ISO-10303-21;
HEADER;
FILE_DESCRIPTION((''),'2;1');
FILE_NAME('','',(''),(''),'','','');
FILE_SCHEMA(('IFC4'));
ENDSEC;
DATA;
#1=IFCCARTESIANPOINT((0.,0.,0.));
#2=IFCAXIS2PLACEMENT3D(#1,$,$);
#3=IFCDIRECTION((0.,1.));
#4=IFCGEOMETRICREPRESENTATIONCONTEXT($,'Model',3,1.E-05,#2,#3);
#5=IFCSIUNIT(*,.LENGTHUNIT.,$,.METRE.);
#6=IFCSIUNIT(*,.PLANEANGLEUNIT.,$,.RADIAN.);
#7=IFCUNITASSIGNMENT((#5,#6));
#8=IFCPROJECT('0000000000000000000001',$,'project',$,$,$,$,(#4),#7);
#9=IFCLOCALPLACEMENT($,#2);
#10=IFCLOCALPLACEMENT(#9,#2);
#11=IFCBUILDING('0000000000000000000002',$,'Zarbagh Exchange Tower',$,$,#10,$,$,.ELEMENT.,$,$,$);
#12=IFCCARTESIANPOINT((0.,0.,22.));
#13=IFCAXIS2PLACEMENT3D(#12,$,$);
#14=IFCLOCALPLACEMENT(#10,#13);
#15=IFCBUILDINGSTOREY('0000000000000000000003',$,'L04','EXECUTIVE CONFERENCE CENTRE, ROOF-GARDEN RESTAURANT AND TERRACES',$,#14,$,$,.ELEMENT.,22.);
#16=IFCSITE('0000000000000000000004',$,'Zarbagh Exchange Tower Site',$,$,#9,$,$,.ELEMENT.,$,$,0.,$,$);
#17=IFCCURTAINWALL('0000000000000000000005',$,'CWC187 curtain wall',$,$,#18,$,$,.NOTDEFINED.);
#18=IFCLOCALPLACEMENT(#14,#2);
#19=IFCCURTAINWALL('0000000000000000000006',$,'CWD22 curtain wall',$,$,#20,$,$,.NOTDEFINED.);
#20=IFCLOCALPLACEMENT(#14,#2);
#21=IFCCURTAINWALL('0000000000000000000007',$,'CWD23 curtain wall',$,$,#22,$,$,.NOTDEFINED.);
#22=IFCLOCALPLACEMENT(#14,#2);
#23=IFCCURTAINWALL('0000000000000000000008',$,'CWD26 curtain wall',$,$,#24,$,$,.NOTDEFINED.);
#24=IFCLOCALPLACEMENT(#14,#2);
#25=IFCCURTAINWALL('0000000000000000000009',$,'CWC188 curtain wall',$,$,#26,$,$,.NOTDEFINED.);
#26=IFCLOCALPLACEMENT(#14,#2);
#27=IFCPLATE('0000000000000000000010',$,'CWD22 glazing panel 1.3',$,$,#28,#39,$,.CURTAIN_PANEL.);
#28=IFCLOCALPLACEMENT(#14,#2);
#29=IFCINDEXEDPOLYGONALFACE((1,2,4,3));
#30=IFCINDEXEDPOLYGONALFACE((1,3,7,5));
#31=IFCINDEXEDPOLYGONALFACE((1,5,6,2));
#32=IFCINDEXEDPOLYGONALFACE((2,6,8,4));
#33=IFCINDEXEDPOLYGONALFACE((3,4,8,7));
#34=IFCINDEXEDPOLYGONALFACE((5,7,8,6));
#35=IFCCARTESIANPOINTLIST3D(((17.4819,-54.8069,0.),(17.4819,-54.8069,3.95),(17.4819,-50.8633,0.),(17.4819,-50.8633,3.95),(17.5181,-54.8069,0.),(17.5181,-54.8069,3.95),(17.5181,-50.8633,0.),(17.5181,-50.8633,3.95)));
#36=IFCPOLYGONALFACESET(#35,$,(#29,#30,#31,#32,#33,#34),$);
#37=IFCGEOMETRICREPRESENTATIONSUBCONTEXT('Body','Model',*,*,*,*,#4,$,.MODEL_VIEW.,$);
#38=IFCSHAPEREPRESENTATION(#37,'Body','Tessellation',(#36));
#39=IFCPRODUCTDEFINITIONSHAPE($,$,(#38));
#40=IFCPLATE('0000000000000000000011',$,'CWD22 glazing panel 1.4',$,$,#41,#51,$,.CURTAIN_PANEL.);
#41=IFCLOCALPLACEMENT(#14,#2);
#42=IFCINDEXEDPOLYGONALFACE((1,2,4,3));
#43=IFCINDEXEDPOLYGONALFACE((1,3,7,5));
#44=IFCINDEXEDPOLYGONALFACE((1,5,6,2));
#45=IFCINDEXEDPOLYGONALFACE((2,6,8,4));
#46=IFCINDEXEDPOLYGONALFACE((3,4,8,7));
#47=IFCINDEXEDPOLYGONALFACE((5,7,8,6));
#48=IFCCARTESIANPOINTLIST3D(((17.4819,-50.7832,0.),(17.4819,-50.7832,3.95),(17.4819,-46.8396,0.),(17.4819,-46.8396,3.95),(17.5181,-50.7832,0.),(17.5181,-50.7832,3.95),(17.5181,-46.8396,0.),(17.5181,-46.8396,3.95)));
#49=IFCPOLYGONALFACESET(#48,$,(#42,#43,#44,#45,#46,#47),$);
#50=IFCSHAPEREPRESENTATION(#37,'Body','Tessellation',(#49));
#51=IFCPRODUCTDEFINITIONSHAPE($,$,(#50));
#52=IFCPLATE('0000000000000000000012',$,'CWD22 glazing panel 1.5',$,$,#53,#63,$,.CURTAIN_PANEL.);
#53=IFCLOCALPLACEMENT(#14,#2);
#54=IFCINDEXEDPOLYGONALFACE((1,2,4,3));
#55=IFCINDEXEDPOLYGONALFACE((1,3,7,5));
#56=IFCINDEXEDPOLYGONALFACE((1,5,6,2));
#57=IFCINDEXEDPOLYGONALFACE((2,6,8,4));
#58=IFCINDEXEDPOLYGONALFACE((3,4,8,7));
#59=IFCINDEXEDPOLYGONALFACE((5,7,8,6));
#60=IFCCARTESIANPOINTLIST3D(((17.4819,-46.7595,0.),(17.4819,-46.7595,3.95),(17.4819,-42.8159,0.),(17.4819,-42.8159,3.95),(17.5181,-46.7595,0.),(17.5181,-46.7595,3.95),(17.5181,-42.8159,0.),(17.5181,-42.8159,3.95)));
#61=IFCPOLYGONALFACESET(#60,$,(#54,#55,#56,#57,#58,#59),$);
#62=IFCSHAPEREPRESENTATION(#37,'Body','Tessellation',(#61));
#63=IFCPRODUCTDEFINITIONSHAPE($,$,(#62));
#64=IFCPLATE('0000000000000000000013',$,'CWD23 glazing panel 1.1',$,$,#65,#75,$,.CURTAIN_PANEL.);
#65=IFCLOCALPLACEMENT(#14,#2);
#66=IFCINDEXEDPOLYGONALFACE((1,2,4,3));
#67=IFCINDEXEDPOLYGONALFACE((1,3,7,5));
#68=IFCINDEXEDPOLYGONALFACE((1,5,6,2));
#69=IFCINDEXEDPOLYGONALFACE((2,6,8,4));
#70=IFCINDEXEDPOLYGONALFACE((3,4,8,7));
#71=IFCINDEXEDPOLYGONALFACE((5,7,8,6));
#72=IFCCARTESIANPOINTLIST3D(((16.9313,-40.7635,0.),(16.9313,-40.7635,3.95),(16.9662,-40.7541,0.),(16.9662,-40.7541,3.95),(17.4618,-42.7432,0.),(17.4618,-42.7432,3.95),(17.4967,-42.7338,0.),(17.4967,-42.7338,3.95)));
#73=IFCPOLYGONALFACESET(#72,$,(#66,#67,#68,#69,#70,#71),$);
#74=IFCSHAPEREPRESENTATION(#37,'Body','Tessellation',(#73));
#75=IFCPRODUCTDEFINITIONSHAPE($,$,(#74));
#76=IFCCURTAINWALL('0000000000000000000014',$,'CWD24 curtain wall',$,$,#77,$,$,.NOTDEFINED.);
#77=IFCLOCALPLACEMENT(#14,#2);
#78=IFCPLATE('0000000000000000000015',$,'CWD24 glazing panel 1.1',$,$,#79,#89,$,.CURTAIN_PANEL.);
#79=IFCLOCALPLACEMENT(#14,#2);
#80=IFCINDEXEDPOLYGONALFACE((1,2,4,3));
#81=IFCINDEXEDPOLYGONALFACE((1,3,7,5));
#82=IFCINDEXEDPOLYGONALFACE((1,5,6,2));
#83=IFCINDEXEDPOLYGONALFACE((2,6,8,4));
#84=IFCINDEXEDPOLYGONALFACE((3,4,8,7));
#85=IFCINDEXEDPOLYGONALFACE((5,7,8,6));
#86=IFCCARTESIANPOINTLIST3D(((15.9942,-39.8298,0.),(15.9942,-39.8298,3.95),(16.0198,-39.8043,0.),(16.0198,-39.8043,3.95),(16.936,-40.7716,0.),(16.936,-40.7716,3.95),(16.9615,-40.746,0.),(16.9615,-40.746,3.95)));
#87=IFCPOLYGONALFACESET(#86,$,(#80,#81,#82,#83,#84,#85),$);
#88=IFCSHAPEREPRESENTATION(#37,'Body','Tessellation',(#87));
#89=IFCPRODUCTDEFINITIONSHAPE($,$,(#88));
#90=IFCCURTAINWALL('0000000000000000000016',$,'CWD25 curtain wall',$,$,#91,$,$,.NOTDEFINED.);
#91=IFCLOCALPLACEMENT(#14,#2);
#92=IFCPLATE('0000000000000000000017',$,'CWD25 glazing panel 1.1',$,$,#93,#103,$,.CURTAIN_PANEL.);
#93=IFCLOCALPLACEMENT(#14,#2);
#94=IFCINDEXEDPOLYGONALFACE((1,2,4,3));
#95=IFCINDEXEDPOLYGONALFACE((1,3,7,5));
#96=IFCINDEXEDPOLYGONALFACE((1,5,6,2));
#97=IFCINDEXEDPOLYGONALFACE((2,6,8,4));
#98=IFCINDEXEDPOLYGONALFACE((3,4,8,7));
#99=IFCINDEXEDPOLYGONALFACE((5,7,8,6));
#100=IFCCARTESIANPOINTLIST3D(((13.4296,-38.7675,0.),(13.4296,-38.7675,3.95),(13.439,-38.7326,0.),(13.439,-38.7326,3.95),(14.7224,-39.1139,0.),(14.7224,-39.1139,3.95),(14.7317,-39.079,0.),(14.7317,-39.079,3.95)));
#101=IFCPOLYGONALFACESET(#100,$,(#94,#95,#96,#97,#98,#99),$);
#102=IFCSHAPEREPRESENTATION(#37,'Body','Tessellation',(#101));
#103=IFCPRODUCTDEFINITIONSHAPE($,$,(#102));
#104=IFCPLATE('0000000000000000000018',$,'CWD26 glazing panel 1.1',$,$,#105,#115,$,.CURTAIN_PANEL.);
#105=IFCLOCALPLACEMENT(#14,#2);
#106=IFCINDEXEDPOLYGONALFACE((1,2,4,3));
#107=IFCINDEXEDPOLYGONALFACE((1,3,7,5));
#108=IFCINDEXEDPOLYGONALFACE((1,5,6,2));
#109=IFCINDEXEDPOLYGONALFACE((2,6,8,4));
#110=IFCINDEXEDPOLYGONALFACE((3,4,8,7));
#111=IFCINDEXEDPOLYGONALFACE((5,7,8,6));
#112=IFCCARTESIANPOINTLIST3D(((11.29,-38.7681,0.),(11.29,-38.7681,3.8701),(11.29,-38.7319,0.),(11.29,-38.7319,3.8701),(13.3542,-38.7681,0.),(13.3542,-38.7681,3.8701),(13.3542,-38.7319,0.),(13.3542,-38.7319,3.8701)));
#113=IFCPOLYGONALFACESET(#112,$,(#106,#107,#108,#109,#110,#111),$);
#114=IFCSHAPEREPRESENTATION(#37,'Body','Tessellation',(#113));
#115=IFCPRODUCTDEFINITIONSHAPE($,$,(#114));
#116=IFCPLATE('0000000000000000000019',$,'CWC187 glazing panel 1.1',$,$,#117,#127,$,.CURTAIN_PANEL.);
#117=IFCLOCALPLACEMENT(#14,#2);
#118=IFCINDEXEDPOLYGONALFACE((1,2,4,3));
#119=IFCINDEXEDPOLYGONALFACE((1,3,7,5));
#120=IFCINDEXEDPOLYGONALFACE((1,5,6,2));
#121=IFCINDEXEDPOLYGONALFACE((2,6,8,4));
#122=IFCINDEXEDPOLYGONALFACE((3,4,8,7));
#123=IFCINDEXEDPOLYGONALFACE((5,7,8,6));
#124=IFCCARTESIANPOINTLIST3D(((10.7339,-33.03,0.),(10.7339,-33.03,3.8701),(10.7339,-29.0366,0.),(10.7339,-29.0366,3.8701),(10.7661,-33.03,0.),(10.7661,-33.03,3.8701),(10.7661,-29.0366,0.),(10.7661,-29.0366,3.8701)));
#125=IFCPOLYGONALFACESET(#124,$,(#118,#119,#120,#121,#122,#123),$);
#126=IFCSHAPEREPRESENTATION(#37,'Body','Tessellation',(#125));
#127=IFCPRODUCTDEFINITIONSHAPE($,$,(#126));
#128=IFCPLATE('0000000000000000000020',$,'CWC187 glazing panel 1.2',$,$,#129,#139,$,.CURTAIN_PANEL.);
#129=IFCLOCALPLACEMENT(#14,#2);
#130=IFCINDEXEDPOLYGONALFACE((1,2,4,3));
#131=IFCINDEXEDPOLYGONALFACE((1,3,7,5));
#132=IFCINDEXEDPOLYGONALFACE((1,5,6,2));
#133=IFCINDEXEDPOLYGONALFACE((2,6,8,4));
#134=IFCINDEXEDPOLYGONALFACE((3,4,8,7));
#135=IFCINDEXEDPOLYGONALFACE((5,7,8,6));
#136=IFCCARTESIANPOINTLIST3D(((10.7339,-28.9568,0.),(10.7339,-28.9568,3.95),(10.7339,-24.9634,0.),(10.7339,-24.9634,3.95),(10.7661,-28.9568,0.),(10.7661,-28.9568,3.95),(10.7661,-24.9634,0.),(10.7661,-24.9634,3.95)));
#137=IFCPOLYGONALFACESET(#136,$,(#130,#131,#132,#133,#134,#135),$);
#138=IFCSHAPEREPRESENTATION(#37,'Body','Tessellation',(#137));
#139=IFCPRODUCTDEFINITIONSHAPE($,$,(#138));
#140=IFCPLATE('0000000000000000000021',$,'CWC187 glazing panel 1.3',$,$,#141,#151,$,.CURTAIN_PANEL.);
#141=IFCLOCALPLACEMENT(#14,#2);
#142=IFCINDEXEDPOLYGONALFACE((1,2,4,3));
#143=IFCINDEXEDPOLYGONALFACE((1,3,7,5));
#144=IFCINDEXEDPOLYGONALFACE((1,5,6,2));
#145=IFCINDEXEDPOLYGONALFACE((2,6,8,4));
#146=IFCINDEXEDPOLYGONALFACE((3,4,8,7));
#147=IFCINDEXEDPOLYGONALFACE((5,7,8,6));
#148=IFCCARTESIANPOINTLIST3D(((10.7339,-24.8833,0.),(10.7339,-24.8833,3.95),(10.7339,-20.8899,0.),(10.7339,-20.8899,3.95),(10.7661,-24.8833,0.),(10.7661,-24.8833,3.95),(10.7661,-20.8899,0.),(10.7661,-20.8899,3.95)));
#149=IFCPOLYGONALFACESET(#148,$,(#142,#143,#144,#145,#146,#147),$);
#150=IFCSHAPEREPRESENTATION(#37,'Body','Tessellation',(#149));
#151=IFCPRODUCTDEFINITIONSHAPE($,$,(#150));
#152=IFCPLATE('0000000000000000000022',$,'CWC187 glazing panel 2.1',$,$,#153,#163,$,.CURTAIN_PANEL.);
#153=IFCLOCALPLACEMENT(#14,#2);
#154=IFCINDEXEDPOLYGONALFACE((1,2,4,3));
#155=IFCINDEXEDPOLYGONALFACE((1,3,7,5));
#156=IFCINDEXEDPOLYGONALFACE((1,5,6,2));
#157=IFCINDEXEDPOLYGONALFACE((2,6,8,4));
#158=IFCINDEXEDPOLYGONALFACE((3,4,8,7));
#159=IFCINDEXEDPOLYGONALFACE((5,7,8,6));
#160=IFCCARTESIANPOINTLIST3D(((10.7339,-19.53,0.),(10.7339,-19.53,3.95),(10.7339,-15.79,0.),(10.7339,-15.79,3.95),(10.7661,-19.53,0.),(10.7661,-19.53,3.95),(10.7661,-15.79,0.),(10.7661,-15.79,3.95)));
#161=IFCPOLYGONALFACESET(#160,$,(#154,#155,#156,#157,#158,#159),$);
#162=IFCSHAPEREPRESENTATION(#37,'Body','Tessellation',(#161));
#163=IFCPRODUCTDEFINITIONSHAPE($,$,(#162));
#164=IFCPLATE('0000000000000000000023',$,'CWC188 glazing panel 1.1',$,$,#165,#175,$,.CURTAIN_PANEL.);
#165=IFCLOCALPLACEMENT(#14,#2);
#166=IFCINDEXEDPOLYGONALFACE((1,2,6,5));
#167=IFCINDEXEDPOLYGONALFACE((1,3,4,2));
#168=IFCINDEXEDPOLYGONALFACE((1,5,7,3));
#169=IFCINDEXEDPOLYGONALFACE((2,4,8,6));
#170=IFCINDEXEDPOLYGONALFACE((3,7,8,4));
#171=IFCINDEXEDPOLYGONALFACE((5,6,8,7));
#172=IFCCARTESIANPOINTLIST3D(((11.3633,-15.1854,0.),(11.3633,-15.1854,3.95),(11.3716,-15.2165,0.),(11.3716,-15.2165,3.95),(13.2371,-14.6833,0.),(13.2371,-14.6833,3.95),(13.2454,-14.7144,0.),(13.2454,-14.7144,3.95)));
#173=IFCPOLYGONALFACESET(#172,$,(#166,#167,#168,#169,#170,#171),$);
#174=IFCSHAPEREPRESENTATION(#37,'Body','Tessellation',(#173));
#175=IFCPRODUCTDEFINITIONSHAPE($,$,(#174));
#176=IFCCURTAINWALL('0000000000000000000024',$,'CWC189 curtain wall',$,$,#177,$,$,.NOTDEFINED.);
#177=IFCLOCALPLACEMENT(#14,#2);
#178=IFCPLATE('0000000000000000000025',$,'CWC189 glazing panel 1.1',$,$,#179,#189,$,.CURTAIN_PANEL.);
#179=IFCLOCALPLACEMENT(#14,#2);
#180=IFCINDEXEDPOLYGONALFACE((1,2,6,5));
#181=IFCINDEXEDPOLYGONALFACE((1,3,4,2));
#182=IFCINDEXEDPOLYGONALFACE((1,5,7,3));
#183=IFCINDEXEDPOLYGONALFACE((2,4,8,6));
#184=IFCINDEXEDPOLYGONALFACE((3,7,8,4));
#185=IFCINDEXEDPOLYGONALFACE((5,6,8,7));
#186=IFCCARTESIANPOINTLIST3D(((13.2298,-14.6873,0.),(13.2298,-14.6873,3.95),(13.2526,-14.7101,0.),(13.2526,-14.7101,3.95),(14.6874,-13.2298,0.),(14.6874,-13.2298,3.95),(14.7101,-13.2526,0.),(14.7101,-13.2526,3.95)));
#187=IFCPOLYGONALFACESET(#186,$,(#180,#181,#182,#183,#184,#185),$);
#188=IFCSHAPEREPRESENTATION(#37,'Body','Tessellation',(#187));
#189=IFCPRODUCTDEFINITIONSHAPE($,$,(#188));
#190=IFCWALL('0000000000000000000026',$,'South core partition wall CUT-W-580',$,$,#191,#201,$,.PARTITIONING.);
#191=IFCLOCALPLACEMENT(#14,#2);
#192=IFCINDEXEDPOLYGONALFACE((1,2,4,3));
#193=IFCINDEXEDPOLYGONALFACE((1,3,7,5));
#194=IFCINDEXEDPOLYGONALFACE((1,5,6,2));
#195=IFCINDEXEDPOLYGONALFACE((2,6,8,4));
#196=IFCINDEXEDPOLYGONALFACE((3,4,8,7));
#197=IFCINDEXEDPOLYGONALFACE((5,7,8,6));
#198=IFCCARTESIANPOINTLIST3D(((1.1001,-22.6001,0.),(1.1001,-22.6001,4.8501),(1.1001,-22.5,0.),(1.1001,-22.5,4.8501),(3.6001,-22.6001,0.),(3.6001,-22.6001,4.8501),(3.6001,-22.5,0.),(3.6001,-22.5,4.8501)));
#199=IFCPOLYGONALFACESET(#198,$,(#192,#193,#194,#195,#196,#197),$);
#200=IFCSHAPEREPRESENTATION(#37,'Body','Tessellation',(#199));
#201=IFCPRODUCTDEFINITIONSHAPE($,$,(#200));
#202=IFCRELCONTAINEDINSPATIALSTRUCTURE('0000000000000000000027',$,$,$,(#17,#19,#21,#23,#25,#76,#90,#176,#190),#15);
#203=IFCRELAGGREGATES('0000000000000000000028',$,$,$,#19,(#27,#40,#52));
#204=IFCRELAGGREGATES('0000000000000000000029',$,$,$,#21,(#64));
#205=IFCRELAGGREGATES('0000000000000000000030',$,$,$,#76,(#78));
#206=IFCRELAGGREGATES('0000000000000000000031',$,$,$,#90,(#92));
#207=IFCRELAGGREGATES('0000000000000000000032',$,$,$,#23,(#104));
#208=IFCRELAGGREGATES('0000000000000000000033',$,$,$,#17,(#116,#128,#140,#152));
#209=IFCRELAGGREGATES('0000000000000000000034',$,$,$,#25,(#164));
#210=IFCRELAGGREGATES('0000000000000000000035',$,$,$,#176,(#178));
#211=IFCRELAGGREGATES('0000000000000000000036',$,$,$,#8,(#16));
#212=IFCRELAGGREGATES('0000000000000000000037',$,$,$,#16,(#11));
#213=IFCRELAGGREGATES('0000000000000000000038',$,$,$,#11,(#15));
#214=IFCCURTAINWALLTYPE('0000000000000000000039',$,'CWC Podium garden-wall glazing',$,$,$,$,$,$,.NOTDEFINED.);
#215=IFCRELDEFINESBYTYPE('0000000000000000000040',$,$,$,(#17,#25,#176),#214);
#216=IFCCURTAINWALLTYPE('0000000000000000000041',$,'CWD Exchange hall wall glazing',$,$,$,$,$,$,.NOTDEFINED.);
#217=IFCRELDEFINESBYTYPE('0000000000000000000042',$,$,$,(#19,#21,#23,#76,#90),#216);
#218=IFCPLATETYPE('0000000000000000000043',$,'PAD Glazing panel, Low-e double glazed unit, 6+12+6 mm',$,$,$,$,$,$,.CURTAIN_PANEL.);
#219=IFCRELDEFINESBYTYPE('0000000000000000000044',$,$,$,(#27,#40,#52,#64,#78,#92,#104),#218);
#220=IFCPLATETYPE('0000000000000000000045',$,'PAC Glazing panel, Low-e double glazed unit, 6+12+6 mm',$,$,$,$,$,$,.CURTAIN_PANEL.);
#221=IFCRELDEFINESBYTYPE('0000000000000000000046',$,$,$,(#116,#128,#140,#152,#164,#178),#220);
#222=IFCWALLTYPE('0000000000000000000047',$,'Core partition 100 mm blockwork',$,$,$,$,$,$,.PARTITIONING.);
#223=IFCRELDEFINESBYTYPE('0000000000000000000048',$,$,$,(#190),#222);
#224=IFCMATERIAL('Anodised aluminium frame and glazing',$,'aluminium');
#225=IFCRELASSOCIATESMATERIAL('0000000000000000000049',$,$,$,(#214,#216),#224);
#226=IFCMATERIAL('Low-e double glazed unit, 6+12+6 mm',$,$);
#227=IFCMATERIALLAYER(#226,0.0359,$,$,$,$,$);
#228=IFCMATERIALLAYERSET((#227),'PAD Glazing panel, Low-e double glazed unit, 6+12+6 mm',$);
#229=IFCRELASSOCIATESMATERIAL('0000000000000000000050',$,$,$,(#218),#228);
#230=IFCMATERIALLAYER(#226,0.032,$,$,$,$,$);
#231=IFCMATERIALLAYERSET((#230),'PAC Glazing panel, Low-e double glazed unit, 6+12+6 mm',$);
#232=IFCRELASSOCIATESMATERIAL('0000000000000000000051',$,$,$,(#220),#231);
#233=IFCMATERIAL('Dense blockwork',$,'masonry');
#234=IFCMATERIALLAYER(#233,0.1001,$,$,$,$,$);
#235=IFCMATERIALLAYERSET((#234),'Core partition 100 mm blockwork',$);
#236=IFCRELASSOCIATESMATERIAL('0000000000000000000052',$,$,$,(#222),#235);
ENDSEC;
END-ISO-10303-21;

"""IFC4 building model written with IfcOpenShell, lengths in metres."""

from ifc_helpers import new_model, si_unit, direction, frame, frame_2d, origin, place, context, subcontext, project, spatial, polyline, rectangle, outline, extrude, source, transform, mapped, material, layer, layer_set, type_object, element, aggregate, save


model = new_model("IFC4")

# Units and contexts
model_context = context("Model", 3, precision=1e-05, world=origin(), true_north=direction((0.0, 1.0)))
body_context = subcontext(model_context, "Body", "Model", "MODEL_VIEW")
ifc_project = project(units=[si_unit("LENGTHUNIT", "METRE"), si_unit("PLANEANGLEUNIT", "RADIAN")], contexts=[model_context])

# Site, building, storey
site_placement = place(None, origin())
site = spatial("IfcSite", under=ifc_project, at=site_placement, Name="Zarbagh Exchange Tower Site", CompositionType="ELEMENT", RefElevation=0.0)
building_placement = place(site_placement, origin())
building = spatial("IfcBuilding", under=site, at=building_placement, Name="Zarbagh Exchange Tower", CompositionType="ELEMENT")
storey_placement = place(building_placement, frame((0.0, 0.0, 22.0)))
storey = spatial("IfcBuildingStorey", under=building, at=storey_placement, Name="L04", Description="EXECUTIVE CONFERENCE CENTRE, ROOF-GARDEN RESTAURANT AND TERRACES", CompositionType="ELEMENT", Elevation=22.0)

# Curtain wall
ifc_material_1 = material(Name="Anodised aluminium frame and glazing", Category="aluminium")
curtain_wall_type_1 = type_object("IfcCurtainWallType", Name="CWC Podium garden-wall glazing", PredefinedType="NOTDEFINED", material=ifc_material_1)
curtain_wall_1_placement = place(storey_placement, origin())
curtain_wall_1 = element("IfcCurtainWall", 1, at=curtain_wall_1_placement, inside=storey, type_object=curtain_wall_type_1, Name="CWC187 curtain wall", PredefinedType="NOTDEFINED")
placement = place(storey_placement, origin())

# Curtain wall
curtain_wall_type_2 = type_object("IfcCurtainWallType", Name="CWD Exchange hall wall glazing", PredefinedType="NOTDEFINED", material=ifc_material_1)
curtain_wall_2_placement = place(storey_placement, origin())
curtain_wall_2 = element("IfcCurtainWall", 2, at=curtain_wall_2_placement, inside=storey, type_object=curtain_wall_type_2, Name="CWD22 curtain wall", PredefinedType="NOTDEFINED")

# Curtain wall
curtain_wall_3_placement = place(storey_placement, origin())
curtain_wall_3 = element("IfcCurtainWall", 3, at=curtain_wall_3_placement, inside=storey, type_object=curtain_wall_type_2, Name="CWD23 curtain wall", PredefinedType="NOTDEFINED")

# Curtain wall
curtain_wall_4_placement = place(storey_placement, origin())
curtain_wall_4 = element("IfcCurtainWall", 4, at=curtain_wall_4_placement, inside=storey, type_object=curtain_wall_type_2, Name="CWD26 curtain wall", PredefinedType="NOTDEFINED")

# Curtain wall
curtain_wall_5_placement = place(storey_placement, origin())
curtain_wall_5 = element("IfcCurtainWall", 5, at=curtain_wall_5_placement, inside=storey, type_object=curtain_wall_type_1, Name="CWC188 curtain wall", PredefinedType="NOTDEFINED")

# Plates
ifc_material_2 = material(Name="Low-e double glazed unit, 6+12+6 mm")
ifc_layer_1 = layer(ifc_material_2, 0.0359)
ifc_layer_set_1 = layer_set([ifc_layer_1], Name="PAD Glazing panel, Low-e double glazed unit, 6+12+6 mm")
plate_type_1 = type_object("IfcPlateType", Name="PAD Glazing panel, Low-e double glazed unit, 6+12+6 mm", PredefinedType="CURTAIN_PANEL", material=ifc_layer_set_1)
shared_shape_1 = source(origin(), body_context, "Body", "SweptSolid", [
    extrude(outline(polyline([(0.0, -0.0181), (3.9436, -0.0181), (3.9436, 0.0181), (0.0, 0.0181), (0.0, -0.0181)])), origin(), (0.0, 0.0, 1.0), 3.95),
])
plate_1 = element("IfcPlate", 6, at=placement, type_object=plate_type_1, Name="CWD22 glazing panel 1.3", PredefinedType="CURTAIN_PANEL", context=body_context, shape_type="MappedRepresentation", body=[
    mapped(shared_shape_1, transform((17.5, -54.8069, 0.0), x_axis=(0.0, 1.0, 0.0), y_axis=(-1.0, 0.0, 0.0), z_axis=(0.0, 0.0, 1.0))),
])
plate_2 = element("IfcPlate", 7, at=placement, type_object=plate_type_1, Name="CWD22 glazing panel 1.4", PredefinedType="CURTAIN_PANEL", context=body_context, shape_type="MappedRepresentation", body=[
    mapped(shared_shape_1, transform((17.5, -50.7832, 0.0), x_axis=(0.0, 1.0, 0.0), y_axis=(-1.0, 0.0, 0.0), z_axis=(0.0, 0.0, 1.0))),
])
plate_3 = element("IfcPlate", 8, at=placement, type_object=plate_type_1, Name="CWD22 glazing panel 1.5", PredefinedType="CURTAIN_PANEL", context=body_context, shape_type="MappedRepresentation", body=[
    mapped(shared_shape_1, transform((17.5, -46.7595, 0.0), x_axis=(0.0, 1.0, 0.0), y_axis=(-1.0, 0.0, 0.0), z_axis=(0.0, 0.0, 1.0))),
])
aggregate(curtain_wall_2, [plate_1, plate_2, plate_3])
shared_shape_2 = source(origin(), body_context, "Body", "SweptSolid", [
    extrude(outline(polyline([(0.0, -0.0181), (2.0496, -0.0181), (2.0496, 0.0181), (0.0, 0.0181), (0.0, -0.0181)])), origin(), (0.0, 0.0, 1.0), 3.95),
])
plate_4 = element("IfcPlate", 9, at=placement, type_object=plate_type_1, Name="CWD23 glazing panel 1.1", PredefinedType="CURTAIN_PANEL", context=body_context, shape_type="MappedRepresentation", body=[
    mapped(shared_shape_2, transform((17.4792, -42.7385, 0.0), x_axis=(-0.258825, 0.965924, 0.0), y_axis=(-0.965924, -0.258825, 0.0), z_axis=(0.0, 0.0, 1.0))),
])
aggregate(curtain_wall_3, [plate_4])

# Curtain walls, plates
curtain_wall_6_placement = place(storey_placement, origin())
curtain_wall_6 = element("IfcCurtainWall", 10, at=curtain_wall_6_placement, inside=storey, type_object=curtain_wall_type_2, Name="CWD24 curtain wall", PredefinedType="NOTDEFINED")
shared_shape_3 = source(origin(), body_context, "Body", "SweptSolid", [
    extrude(outline(polyline([(0.0, -0.0181), (1.3318, -0.0181), (1.3318, 0.0181), (0.0, 0.0181), (0.0, -0.0181)])), origin(), (0.0, 0.0, 1.0), 3.95),
])
plate_5 = element("IfcPlate", 11, at=placement, type_object=plate_type_1, Name="CWD24 glazing panel 1.1", PredefinedType="CURTAIN_PANEL", context=body_context, shape_type="MappedRepresentation", body=[
    mapped(shared_shape_3, transform((16.9487, -40.7588, 0.0), x_axis=(-0.707107, 0.707107, 0.0), y_axis=(-0.707107, -0.707107, 0.0), z_axis=(0.0, 0.0, 1.0))),
])
aggregate(curtain_wall_6, [plate_5])
curtain_wall_7_placement = place(storey_placement, origin())
curtain_wall_7 = element("IfcCurtainWall", 12, at=curtain_wall_7_placement, inside=storey, type_object=curtain_wall_type_2, Name="CWD25 curtain wall", PredefinedType="NOTDEFINED")
shared_shape_4 = source(origin(), body_context, "Body", "SweptSolid", [
    extrude(outline(polyline([(0.0, -0.0181), (1.3384, -0.0181), (1.3384, 0.0181), (0.0, 0.0181), (0.0, -0.0181)])), origin(), (0.0, 0.0, 1.0), 3.95),
])
plate_6 = element("IfcPlate", 13, at=placement, type_object=plate_type_1, Name="CWD25 glazing panel 1.1", PredefinedType="CURTAIN_PANEL", context=body_context, shape_type="MappedRepresentation", body=[
    mapped(shared_shape_4, transform((14.7271, -39.0964, 0.0), x_axis=(-0.965924, 0.258825, 0.0), y_axis=(-0.258825, -0.965924, 0.0), z_axis=(0.0, 0.0, 1.0))),
])
aggregate(curtain_wall_7, [plate_6])

# Plates
shared_shape_5 = source(origin(), body_context, "Body", "SweptSolid", [
    extrude(outline(polyline([(0.0, -0.0181), (2.0642, -0.0181), (2.0642, 0.0181), (0.0, 0.0181), (0.0, -0.0181)])), origin(), (0.0, 0.0, 1.0), 3.8701),
])
plate_7 = element("IfcPlate", 14, at=placement, type_object=plate_type_1, Name="CWD26 glazing panel 1.1", PredefinedType="CURTAIN_PANEL", context=body_context, shape_type="MappedRepresentation", body=[
    mapped(shared_shape_5, transform((13.3542, -38.75, 0.0), x_axis=(-1.0, 0.0, 0.0), y_axis=(0.0, -1.0, 0.0), z_axis=(0.0, 0.0, 1.0))),
])
aggregate(curtain_wall_4, [plate_7])
ifc_layer_2 = layer(ifc_material_2, 0.032)
ifc_layer_set_2 = layer_set([ifc_layer_2], Name="PAC Glazing panel, Low-e double glazed unit, 6+12+6 mm")
plate_type_2 = type_object("IfcPlateType", Name="PAC Glazing panel, Low-e double glazed unit, 6+12+6 mm", PredefinedType="CURTAIN_PANEL", material=ifc_layer_set_2)
shared_shape_6 = source(origin(), body_context, "Body", "SweptSolid", [
    extrude(outline(polyline([(0.0, -0.0161), (3.9934, -0.0161), (3.9934, 0.0161), (0.0, 0.0161), (0.0, -0.0161)])), origin(), (0.0, 0.0, 1.0), 3.8701),
])
plate_8 = element("IfcPlate", 15, at=placement, type_object=plate_type_2, Name="CWC187 glazing panel 1.1", PredefinedType="CURTAIN_PANEL", context=body_context, shape_type="MappedRepresentation", body=[
    mapped(shared_shape_6, transform((10.75, -33.03, 0.0), x_axis=(0.0, 1.0, 0.0), y_axis=(-1.0, 0.0, 0.0), z_axis=(0.0, 0.0, 1.0))),
])
shared_shape_7 = source(origin(), body_context, "Body", "SweptSolid", [
    extrude(outline(polyline([(0.0, -0.0161), (3.9934, -0.0161), (3.9934, 0.0161), (0.0, 0.0161), (0.0, -0.0161)])), origin(), (0.0, 0.0, 1.0), 3.95),
])
plate_9 = element("IfcPlate", 16, at=placement, type_object=plate_type_2, Name="CWC187 glazing panel 1.2", PredefinedType="CURTAIN_PANEL", context=body_context, shape_type="MappedRepresentation", body=[
    mapped(shared_shape_7, transform((10.75, -28.9568, 0.0), x_axis=(0.0, 1.0, 0.0), y_axis=(-1.0, 0.0, 0.0), z_axis=(0.0, 0.0, 1.0))),
])
plate_10 = element("IfcPlate", 17, at=placement, type_object=plate_type_2, Name="CWC187 glazing panel 1.3", PredefinedType="CURTAIN_PANEL", context=body_context, shape_type="MappedRepresentation", body=[
    mapped(shared_shape_7, transform((10.75, -24.8833, 0.0), x_axis=(0.0, 1.0, 0.0), y_axis=(-1.0, 0.0, 0.0), z_axis=(0.0, 0.0, 1.0))),
])
shared_shape_8 = source(origin(), body_context, "Body", "SweptSolid", [
    extrude(outline(polyline([(0.0, -0.0161), (3.74, -0.0161), (3.74, 0.0161), (0.0, 0.0161), (0.0, -0.0161)])), origin(), (0.0, 0.0, 1.0), 3.95),
])
plate_11 = element("IfcPlate", 18, at=placement, type_object=plate_type_2, Name="CWC187 glazing panel 2.1", PredefinedType="CURTAIN_PANEL", context=body_context, shape_type="MappedRepresentation", body=[
    mapped(shared_shape_8, transform((10.75, -19.53, 0.0), x_axis=(0.0, 1.0, 0.0), y_axis=(-1.0, 0.0, 0.0), z_axis=(0.0, 0.0, 1.0))),
])
aggregate(curtain_wall_1, [plate_8, plate_9, plate_10, plate_11])
shared_shape_9 = source(origin(), body_context, "Body", "SweptSolid", [
    extrude(outline(polyline([(0.0, -0.0161), (1.9399, -0.0161), (1.9399, 0.0161), (0.0, 0.0161), (0.0, -0.0161)])), origin(), (0.0, 0.0, 1.0), 3.95),
])
plate_12 = element("IfcPlate", 19, at=placement, type_object=plate_type_2, Name="CWC188 glazing panel 1.1", PredefinedType="CURTAIN_PANEL", context=body_context, shape_type="MappedRepresentation", body=[
    mapped(shared_shape_9, transform((11.3674, -15.2009, 0.0), x_axis=(0.965924, 0.258825, 0.0), y_axis=(-0.258825, 0.965924, 0.0), z_axis=(0.0, 0.0, 1.0))),
])
aggregate(curtain_wall_5, [plate_12])

# Curtain wall, plate
curtain_wall_8_placement = place(storey_placement, origin())
curtain_wall_8 = element("IfcCurtainWall", 20, at=curtain_wall_8_placement, inside=storey, type_object=curtain_wall_type_1, Name="CWC189 curtain wall", PredefinedType="NOTDEFINED")
shared_shape_10 = source(origin(), body_context, "Body", "SweptSolid", [
    extrude(outline(polyline([(0.0, -0.0161), (2.0613, -0.0161), (2.0613, 0.0161), (0.0, 0.0161), (0.0, -0.0161)])), origin(), (0.0, 0.0, 1.0), 3.95),
])
plate_13 = element("IfcPlate", 21, at=placement, type_object=plate_type_2, Name="CWC189 glazing panel 1.1", PredefinedType="CURTAIN_PANEL", context=body_context, shape_type="MappedRepresentation", body=[
    mapped(shared_shape_10, transform((13.2412, -14.6987, 0.0), x_axis=(0.707107, 0.707107, 0.0), y_axis=(-0.707107, 0.707107, 0.0), z_axis=(0.0, 0.0, 1.0))),
])
aggregate(curtain_wall_8, [plate_13])

# Wall
ifc_material_3 = material(Name="Dense blockwork", Category="masonry")
ifc_layer_3 = layer(ifc_material_3, 0.1001)
ifc_layer_set_3 = layer_set([ifc_layer_3], Name="Core partition 100 mm blockwork")
wall_type_1 = type_object("IfcWallType", Name="Core partition 100 mm blockwork", PredefinedType="PARTITIONING", material=ifc_layer_set_3)
wall_1_placement = place(storey_placement, frame((3.6001, -22.55, 0.0), z_axis=(0.0, 0.0, 1.0), x_axis=(-1.0, 0.0, 0.0)))
element("IfcWall", 22, at=wall_1_placement, inside=storey, type_object=wall_type_1, Name="South core partition wall CUT-W-580", PredefinedType="PARTITIONING", context=body_context, shape_type="SweptSolid", body=[
    extrude(rectangle(XDim=2.5, YDim=0.1001, at=frame_2d((1.25, 0.0))), origin(), (0.0, 0.0, 1.0), 4.8501),
])

save(model, "model.ifc")
